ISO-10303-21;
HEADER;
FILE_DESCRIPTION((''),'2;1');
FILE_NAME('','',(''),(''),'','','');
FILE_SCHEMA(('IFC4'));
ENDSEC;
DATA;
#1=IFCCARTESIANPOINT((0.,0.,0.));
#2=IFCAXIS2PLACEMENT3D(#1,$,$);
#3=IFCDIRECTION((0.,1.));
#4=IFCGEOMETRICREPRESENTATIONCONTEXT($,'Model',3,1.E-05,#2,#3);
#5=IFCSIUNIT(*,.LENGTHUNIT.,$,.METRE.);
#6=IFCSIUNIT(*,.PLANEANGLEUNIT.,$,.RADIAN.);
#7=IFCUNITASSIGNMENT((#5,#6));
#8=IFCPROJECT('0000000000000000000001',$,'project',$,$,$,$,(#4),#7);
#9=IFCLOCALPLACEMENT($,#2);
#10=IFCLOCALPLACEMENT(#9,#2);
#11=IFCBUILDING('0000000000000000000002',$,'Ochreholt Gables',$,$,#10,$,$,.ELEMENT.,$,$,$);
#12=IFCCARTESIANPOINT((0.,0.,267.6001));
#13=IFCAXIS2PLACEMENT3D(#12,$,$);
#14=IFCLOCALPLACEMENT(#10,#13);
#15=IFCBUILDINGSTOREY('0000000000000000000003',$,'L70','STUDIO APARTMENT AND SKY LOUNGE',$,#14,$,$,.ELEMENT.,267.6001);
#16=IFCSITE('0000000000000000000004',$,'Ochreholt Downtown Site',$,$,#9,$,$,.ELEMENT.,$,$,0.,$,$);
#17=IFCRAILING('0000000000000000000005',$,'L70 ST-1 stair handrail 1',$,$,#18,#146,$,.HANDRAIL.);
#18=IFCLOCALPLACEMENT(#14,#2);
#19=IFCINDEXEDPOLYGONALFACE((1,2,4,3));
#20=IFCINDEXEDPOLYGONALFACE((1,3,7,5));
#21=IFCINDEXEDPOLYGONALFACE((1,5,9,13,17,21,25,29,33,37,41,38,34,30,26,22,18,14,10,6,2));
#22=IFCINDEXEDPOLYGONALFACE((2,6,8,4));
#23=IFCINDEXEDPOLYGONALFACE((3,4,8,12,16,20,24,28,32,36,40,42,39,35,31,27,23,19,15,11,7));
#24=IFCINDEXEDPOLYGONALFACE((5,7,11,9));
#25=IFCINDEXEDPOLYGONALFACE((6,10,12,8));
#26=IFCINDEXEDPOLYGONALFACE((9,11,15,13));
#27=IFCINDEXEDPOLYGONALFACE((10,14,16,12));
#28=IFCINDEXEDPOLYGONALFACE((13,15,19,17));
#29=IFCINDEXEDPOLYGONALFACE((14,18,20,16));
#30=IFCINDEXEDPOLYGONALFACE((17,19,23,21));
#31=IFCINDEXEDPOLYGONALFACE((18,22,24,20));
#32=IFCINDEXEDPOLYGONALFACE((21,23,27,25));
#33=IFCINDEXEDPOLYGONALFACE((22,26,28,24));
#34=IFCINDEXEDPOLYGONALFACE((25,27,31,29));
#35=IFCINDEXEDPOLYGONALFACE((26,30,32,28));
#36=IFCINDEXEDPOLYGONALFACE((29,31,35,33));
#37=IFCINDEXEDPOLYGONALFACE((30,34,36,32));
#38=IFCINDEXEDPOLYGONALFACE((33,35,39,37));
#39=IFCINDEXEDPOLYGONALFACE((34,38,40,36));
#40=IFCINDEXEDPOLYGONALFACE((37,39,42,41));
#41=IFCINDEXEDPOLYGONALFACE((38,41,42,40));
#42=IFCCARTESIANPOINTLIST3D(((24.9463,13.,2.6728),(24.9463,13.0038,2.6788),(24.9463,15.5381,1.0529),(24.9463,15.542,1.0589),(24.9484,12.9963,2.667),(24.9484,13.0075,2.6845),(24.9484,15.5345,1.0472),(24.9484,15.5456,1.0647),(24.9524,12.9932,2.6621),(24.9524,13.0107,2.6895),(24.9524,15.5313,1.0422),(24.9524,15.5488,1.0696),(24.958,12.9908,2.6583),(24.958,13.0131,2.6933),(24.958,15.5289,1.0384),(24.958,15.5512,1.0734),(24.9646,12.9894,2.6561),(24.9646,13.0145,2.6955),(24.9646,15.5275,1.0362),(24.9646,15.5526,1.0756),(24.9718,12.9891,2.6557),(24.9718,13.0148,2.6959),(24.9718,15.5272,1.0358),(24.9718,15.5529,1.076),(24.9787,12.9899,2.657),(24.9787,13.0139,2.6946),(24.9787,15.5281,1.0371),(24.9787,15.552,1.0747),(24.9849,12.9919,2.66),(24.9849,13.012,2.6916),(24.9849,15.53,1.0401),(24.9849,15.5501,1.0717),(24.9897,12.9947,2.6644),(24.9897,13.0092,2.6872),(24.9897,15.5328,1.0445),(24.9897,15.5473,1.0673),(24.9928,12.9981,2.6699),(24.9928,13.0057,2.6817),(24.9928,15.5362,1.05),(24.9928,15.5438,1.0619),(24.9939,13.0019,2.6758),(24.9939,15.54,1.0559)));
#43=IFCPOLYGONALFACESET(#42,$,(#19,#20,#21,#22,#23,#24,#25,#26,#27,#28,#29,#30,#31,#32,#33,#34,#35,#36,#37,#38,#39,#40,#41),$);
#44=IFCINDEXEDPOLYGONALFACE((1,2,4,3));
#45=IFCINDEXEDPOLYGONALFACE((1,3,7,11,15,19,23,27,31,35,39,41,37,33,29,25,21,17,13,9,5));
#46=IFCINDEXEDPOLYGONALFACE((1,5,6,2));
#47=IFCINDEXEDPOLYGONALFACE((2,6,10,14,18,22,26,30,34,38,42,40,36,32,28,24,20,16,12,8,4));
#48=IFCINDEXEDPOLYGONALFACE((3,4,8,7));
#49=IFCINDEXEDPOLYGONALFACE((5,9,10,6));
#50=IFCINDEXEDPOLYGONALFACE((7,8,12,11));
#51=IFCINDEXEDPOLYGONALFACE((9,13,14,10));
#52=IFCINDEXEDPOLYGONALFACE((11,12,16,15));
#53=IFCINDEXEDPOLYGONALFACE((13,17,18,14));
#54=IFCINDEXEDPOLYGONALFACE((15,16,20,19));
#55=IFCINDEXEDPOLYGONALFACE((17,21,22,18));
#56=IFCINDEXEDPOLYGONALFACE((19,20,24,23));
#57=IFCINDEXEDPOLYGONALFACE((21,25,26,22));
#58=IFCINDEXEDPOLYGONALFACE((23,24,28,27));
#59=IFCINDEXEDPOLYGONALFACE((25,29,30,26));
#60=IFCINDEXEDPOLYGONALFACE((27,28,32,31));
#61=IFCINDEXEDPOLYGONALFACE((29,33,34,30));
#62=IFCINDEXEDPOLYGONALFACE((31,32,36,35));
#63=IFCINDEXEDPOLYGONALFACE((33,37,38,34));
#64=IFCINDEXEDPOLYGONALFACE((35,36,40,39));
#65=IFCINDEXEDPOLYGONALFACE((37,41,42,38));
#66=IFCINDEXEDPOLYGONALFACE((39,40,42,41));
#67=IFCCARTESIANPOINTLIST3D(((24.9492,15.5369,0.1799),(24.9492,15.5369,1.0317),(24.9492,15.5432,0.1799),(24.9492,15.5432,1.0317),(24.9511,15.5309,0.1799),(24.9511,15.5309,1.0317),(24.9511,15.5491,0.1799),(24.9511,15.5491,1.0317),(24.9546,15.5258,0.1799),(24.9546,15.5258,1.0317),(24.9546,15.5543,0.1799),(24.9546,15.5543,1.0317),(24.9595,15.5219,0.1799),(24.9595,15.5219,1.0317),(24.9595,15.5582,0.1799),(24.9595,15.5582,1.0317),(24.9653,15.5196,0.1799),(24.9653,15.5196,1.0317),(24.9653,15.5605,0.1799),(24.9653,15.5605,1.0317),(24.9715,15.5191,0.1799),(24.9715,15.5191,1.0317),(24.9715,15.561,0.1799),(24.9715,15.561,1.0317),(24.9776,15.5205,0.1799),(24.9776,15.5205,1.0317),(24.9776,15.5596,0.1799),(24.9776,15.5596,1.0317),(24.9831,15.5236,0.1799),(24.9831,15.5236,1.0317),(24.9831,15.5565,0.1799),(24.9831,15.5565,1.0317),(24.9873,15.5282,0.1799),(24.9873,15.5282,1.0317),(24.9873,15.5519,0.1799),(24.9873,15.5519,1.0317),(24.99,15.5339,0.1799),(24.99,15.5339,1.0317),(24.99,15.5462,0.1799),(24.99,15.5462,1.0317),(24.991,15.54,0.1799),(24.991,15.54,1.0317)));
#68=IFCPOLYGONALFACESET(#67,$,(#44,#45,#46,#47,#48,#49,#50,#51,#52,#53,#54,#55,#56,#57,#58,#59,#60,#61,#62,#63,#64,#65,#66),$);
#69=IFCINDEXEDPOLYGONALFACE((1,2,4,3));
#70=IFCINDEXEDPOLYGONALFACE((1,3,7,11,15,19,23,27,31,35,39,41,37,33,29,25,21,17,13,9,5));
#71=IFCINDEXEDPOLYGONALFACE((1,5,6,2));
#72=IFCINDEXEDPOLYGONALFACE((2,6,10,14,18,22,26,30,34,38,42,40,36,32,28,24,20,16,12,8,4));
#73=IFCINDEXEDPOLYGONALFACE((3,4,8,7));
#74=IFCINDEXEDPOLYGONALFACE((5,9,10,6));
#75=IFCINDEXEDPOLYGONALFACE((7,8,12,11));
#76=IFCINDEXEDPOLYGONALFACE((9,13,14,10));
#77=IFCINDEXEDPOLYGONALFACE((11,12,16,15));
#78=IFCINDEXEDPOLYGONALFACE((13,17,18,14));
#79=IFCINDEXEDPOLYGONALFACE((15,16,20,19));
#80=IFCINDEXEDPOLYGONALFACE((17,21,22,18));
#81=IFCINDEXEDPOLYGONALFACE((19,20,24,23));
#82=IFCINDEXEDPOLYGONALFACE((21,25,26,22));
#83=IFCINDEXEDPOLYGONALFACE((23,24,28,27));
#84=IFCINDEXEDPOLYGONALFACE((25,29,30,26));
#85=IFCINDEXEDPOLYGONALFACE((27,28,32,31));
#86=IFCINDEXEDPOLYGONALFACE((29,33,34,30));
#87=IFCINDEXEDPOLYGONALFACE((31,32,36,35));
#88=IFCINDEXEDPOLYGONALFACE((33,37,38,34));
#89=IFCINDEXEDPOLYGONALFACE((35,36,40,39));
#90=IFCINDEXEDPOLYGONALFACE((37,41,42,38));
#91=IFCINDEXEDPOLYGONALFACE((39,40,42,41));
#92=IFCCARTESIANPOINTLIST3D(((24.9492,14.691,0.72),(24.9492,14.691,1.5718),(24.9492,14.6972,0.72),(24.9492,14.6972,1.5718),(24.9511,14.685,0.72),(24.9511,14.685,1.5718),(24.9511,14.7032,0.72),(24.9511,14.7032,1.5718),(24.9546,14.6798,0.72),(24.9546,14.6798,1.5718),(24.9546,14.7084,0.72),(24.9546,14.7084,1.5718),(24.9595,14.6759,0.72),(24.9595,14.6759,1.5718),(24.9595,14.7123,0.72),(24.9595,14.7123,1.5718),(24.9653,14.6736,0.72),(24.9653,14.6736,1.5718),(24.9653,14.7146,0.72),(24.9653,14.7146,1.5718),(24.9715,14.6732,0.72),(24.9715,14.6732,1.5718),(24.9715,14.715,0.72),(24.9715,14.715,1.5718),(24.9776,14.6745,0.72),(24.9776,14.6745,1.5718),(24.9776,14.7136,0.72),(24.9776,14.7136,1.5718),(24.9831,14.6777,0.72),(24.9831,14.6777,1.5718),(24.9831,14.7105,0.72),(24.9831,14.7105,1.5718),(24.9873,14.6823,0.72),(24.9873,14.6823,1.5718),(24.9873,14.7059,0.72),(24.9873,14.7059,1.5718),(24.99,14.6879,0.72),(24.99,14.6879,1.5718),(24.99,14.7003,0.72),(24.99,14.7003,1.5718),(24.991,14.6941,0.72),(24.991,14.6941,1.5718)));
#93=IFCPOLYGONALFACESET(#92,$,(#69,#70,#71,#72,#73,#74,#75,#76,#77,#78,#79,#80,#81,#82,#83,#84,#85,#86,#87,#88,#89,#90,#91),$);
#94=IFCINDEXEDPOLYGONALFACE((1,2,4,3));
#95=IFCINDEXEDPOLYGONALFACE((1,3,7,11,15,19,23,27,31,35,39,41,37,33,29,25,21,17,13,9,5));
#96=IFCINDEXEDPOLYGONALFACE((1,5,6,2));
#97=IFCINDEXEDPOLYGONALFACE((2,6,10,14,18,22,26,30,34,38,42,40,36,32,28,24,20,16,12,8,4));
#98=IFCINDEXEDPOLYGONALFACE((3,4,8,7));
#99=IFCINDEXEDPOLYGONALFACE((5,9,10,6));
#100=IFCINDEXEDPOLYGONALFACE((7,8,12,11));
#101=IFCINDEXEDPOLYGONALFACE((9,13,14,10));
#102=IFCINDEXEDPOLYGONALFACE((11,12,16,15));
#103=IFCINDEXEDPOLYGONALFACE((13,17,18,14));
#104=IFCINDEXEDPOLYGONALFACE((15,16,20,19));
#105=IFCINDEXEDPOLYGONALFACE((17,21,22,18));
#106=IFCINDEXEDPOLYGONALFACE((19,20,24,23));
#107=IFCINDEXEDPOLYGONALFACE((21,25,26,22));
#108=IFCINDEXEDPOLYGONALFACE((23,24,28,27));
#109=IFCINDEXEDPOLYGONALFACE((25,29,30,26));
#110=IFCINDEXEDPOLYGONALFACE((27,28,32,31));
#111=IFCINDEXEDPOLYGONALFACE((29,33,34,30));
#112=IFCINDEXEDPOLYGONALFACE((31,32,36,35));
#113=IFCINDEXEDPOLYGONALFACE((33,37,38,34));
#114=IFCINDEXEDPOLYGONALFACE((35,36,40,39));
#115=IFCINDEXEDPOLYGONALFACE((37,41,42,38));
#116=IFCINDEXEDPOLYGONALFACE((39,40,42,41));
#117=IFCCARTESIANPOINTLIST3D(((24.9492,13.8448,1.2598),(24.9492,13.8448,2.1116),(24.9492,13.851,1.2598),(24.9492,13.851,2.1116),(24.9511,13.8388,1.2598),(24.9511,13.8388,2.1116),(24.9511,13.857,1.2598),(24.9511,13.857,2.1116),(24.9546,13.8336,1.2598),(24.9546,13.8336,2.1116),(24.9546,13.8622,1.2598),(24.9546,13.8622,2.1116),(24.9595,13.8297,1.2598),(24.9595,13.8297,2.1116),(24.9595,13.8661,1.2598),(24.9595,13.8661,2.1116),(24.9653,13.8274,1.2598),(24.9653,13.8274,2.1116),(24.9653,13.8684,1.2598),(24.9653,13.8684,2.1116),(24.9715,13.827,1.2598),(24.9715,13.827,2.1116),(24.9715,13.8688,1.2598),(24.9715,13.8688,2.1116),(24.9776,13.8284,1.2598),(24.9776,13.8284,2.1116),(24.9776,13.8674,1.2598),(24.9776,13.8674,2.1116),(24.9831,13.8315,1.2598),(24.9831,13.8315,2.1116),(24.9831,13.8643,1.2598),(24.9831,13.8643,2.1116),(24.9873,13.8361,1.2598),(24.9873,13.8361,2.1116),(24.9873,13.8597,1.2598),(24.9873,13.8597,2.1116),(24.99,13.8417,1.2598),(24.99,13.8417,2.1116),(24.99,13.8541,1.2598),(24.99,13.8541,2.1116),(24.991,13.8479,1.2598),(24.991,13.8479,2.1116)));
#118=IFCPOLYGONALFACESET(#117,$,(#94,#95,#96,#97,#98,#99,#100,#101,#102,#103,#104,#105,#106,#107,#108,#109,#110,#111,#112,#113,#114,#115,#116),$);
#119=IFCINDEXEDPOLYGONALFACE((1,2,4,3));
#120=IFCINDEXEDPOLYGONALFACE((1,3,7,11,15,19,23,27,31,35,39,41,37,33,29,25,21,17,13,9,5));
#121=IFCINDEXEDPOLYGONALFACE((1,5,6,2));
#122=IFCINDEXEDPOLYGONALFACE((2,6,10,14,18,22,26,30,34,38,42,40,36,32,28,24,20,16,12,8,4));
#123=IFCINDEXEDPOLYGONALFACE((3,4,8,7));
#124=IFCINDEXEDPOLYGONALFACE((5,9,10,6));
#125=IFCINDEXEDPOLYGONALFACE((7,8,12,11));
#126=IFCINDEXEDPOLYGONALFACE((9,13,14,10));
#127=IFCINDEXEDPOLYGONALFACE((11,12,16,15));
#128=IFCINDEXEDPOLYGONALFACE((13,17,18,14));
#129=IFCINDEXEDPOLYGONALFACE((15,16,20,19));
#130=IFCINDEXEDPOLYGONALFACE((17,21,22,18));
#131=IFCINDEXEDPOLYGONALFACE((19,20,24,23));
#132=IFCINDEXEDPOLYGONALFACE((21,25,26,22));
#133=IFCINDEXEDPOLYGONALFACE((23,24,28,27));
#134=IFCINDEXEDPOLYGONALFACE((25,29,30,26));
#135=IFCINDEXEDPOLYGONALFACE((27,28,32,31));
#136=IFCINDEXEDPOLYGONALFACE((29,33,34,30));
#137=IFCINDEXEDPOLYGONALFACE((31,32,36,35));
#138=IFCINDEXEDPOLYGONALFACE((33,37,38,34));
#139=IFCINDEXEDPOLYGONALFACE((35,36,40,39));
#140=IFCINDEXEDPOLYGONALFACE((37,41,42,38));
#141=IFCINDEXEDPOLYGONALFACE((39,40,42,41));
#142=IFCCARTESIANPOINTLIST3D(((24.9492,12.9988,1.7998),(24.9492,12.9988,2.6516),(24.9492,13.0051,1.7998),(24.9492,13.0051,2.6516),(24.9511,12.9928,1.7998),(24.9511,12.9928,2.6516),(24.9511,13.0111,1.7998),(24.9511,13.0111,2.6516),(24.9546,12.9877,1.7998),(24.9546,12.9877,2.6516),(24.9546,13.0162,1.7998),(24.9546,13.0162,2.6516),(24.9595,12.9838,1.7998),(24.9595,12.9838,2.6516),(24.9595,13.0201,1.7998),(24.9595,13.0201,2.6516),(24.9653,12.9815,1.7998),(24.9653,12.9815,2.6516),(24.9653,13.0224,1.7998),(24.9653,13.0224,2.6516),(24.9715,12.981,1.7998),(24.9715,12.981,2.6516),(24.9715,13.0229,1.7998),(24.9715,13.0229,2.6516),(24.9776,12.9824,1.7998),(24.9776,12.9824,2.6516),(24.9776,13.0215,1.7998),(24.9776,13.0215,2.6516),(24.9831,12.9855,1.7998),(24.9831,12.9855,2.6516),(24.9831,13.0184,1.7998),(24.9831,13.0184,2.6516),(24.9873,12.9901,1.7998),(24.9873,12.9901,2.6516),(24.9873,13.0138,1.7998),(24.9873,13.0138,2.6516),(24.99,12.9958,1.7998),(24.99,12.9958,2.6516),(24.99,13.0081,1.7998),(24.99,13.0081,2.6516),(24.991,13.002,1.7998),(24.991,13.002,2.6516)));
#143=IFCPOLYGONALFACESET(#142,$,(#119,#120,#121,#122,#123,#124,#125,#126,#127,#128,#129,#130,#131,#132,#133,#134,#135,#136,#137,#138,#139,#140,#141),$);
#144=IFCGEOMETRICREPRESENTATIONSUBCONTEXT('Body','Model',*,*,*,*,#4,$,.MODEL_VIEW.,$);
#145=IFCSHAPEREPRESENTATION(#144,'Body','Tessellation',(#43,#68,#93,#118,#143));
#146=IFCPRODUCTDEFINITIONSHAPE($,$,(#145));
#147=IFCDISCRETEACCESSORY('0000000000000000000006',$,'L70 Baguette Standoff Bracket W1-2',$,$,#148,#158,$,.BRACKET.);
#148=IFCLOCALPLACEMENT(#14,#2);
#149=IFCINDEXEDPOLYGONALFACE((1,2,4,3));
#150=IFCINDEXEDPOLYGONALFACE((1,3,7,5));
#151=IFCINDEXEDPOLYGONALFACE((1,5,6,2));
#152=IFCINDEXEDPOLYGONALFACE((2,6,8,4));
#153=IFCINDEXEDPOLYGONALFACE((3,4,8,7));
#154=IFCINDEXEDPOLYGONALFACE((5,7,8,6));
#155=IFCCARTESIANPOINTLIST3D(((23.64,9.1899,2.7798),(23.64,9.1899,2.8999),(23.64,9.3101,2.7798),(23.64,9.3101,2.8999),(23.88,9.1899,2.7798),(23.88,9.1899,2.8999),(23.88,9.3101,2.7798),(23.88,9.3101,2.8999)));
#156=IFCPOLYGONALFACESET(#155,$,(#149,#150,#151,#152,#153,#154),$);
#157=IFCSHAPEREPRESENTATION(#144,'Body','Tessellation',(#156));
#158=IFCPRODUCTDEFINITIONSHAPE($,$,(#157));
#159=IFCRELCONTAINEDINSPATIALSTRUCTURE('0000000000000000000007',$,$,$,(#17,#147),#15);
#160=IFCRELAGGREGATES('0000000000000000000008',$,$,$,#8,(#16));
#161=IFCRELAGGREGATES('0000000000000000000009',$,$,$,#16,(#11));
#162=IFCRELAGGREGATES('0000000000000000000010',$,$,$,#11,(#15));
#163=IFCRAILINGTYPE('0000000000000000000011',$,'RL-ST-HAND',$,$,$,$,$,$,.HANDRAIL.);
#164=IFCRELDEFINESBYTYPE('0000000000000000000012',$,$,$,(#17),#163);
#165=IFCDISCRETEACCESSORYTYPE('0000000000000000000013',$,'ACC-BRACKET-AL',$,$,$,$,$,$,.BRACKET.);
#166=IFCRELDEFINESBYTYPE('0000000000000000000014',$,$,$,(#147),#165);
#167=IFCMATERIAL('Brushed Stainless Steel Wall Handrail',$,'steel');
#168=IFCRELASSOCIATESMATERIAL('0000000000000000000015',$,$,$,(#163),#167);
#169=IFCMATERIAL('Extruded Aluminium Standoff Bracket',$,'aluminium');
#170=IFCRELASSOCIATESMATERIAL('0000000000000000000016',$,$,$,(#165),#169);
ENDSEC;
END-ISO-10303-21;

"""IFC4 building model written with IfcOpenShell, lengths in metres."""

from ifc_helpers import new_model, si_unit, direction, frame, origin, origin_2d, place, context, subcontext, project, spatial, rectangle, circle, extrude, material, type_object, element, save


model = new_model("IFC4")

# Units and contexts
model_context = context("Model", 3, precision=1e-05, world=origin(), true_north=direction((0.0, 1.0)))
body_context = subcontext(model_context, "Body", "Model", "MODEL_VIEW")
ifc_project = project(units=[si_unit("LENGTHUNIT", "METRE"), si_unit("PLANEANGLEUNIT", "RADIAN")], contexts=[model_context])

# Site, building, storey
site_placement = place(None, origin())
site = spatial("IfcSite", under=ifc_project, at=site_placement, Name="Ochreholt Downtown Site", CompositionType="ELEMENT", RefElevation=0.0)
building_placement = place(site_placement, origin())
building = spatial("IfcBuilding", under=site, at=building_placement, Name="Ochreholt Gables", CompositionType="ELEMENT")
storey_placement = place(building_placement, frame((0.0, 0.0, 267.6001)))
storey = spatial("IfcBuildingStorey", under=building, at=storey_placement, Name="L70", Description="STUDIO APARTMENT AND SKY LOUNGE", CompositionType="ELEMENT", Elevation=267.6001)

# Railing
ifc_material_1 = material(Name="Brushed Stainless Steel Wall Handrail", Category="steel")
railing_type = type_object("IfcRailingType", Name="RL-ST-HAND", PredefinedType="HANDRAIL", material=ifc_material_1)
railing_placement = place(storey_placement, frame((24.97, 15.54, 0.1799)))
element("IfcRailing", 1, at=railing_placement, inside=storey, type_object=railing_type, Name="L70 ST-1 stair handrail 1", PredefinedType="HANDRAIL", context=body_context, shape_type="SweptSolid", body=[
    extrude(circle(Radius=0.0239, at=origin_2d()), frame((0.0, 0.0, 0.876), z_axis=(0.0, -0.84295, 0.537993), x_axis=(1.0, 0.0, 0.0)), (0.0, 0.0, 1.0), 3.011),
    extrude(circle(Radius=0.021, at=origin_2d()), origin(), (0.0, 0.0, 1.0), 0.8518),
    extrude(circle(Radius=0.021, at=origin_2d()), frame((0.0, -0.8459, 0.54)), (0.0, 0.0, 1.0), 0.8518),
    extrude(circle(Radius=0.021, at=origin_2d()), frame((0.0, -1.6921, 1.0798)), (0.0, 0.0, 1.0), 0.8518),
    extrude(circle(Radius=0.021, at=origin_2d()), frame((0.0, -2.5381, 1.6199)), (0.0, 0.0, 1.0), 0.8518),
])

# Discrete accessory
ifc_material_2 = material(Name="Extruded Aluminium Standoff Bracket", Category="aluminium")
discrete_accessory_type = type_object("IfcDiscreteAccessoryType", Name="ACC-BRACKET-AL", PredefinedType="BRACKET", material=ifc_material_2)
discrete_accessory_placement = place(storey_placement, frame((23.76, 9.25, 2.7798), z_axis=(0.0, 0.0, 1.0), x_axis=(0.0, -1.0, 0.0)))
element("IfcDiscreteAccessory", 2, at=discrete_accessory_placement, inside=storey, type_object=discrete_accessory_type, Name="L70 Baguette Standoff Bracket W1-2", PredefinedType="BRACKET", context=body_context, shape_type="SweptSolid", body=[
    extrude(rectangle(XDim=0.1201, YDim=0.24, at=origin_2d()), origin(), (0.0, 0.0, 1.0), 0.1201),
])

save(model, "model.ifc")
